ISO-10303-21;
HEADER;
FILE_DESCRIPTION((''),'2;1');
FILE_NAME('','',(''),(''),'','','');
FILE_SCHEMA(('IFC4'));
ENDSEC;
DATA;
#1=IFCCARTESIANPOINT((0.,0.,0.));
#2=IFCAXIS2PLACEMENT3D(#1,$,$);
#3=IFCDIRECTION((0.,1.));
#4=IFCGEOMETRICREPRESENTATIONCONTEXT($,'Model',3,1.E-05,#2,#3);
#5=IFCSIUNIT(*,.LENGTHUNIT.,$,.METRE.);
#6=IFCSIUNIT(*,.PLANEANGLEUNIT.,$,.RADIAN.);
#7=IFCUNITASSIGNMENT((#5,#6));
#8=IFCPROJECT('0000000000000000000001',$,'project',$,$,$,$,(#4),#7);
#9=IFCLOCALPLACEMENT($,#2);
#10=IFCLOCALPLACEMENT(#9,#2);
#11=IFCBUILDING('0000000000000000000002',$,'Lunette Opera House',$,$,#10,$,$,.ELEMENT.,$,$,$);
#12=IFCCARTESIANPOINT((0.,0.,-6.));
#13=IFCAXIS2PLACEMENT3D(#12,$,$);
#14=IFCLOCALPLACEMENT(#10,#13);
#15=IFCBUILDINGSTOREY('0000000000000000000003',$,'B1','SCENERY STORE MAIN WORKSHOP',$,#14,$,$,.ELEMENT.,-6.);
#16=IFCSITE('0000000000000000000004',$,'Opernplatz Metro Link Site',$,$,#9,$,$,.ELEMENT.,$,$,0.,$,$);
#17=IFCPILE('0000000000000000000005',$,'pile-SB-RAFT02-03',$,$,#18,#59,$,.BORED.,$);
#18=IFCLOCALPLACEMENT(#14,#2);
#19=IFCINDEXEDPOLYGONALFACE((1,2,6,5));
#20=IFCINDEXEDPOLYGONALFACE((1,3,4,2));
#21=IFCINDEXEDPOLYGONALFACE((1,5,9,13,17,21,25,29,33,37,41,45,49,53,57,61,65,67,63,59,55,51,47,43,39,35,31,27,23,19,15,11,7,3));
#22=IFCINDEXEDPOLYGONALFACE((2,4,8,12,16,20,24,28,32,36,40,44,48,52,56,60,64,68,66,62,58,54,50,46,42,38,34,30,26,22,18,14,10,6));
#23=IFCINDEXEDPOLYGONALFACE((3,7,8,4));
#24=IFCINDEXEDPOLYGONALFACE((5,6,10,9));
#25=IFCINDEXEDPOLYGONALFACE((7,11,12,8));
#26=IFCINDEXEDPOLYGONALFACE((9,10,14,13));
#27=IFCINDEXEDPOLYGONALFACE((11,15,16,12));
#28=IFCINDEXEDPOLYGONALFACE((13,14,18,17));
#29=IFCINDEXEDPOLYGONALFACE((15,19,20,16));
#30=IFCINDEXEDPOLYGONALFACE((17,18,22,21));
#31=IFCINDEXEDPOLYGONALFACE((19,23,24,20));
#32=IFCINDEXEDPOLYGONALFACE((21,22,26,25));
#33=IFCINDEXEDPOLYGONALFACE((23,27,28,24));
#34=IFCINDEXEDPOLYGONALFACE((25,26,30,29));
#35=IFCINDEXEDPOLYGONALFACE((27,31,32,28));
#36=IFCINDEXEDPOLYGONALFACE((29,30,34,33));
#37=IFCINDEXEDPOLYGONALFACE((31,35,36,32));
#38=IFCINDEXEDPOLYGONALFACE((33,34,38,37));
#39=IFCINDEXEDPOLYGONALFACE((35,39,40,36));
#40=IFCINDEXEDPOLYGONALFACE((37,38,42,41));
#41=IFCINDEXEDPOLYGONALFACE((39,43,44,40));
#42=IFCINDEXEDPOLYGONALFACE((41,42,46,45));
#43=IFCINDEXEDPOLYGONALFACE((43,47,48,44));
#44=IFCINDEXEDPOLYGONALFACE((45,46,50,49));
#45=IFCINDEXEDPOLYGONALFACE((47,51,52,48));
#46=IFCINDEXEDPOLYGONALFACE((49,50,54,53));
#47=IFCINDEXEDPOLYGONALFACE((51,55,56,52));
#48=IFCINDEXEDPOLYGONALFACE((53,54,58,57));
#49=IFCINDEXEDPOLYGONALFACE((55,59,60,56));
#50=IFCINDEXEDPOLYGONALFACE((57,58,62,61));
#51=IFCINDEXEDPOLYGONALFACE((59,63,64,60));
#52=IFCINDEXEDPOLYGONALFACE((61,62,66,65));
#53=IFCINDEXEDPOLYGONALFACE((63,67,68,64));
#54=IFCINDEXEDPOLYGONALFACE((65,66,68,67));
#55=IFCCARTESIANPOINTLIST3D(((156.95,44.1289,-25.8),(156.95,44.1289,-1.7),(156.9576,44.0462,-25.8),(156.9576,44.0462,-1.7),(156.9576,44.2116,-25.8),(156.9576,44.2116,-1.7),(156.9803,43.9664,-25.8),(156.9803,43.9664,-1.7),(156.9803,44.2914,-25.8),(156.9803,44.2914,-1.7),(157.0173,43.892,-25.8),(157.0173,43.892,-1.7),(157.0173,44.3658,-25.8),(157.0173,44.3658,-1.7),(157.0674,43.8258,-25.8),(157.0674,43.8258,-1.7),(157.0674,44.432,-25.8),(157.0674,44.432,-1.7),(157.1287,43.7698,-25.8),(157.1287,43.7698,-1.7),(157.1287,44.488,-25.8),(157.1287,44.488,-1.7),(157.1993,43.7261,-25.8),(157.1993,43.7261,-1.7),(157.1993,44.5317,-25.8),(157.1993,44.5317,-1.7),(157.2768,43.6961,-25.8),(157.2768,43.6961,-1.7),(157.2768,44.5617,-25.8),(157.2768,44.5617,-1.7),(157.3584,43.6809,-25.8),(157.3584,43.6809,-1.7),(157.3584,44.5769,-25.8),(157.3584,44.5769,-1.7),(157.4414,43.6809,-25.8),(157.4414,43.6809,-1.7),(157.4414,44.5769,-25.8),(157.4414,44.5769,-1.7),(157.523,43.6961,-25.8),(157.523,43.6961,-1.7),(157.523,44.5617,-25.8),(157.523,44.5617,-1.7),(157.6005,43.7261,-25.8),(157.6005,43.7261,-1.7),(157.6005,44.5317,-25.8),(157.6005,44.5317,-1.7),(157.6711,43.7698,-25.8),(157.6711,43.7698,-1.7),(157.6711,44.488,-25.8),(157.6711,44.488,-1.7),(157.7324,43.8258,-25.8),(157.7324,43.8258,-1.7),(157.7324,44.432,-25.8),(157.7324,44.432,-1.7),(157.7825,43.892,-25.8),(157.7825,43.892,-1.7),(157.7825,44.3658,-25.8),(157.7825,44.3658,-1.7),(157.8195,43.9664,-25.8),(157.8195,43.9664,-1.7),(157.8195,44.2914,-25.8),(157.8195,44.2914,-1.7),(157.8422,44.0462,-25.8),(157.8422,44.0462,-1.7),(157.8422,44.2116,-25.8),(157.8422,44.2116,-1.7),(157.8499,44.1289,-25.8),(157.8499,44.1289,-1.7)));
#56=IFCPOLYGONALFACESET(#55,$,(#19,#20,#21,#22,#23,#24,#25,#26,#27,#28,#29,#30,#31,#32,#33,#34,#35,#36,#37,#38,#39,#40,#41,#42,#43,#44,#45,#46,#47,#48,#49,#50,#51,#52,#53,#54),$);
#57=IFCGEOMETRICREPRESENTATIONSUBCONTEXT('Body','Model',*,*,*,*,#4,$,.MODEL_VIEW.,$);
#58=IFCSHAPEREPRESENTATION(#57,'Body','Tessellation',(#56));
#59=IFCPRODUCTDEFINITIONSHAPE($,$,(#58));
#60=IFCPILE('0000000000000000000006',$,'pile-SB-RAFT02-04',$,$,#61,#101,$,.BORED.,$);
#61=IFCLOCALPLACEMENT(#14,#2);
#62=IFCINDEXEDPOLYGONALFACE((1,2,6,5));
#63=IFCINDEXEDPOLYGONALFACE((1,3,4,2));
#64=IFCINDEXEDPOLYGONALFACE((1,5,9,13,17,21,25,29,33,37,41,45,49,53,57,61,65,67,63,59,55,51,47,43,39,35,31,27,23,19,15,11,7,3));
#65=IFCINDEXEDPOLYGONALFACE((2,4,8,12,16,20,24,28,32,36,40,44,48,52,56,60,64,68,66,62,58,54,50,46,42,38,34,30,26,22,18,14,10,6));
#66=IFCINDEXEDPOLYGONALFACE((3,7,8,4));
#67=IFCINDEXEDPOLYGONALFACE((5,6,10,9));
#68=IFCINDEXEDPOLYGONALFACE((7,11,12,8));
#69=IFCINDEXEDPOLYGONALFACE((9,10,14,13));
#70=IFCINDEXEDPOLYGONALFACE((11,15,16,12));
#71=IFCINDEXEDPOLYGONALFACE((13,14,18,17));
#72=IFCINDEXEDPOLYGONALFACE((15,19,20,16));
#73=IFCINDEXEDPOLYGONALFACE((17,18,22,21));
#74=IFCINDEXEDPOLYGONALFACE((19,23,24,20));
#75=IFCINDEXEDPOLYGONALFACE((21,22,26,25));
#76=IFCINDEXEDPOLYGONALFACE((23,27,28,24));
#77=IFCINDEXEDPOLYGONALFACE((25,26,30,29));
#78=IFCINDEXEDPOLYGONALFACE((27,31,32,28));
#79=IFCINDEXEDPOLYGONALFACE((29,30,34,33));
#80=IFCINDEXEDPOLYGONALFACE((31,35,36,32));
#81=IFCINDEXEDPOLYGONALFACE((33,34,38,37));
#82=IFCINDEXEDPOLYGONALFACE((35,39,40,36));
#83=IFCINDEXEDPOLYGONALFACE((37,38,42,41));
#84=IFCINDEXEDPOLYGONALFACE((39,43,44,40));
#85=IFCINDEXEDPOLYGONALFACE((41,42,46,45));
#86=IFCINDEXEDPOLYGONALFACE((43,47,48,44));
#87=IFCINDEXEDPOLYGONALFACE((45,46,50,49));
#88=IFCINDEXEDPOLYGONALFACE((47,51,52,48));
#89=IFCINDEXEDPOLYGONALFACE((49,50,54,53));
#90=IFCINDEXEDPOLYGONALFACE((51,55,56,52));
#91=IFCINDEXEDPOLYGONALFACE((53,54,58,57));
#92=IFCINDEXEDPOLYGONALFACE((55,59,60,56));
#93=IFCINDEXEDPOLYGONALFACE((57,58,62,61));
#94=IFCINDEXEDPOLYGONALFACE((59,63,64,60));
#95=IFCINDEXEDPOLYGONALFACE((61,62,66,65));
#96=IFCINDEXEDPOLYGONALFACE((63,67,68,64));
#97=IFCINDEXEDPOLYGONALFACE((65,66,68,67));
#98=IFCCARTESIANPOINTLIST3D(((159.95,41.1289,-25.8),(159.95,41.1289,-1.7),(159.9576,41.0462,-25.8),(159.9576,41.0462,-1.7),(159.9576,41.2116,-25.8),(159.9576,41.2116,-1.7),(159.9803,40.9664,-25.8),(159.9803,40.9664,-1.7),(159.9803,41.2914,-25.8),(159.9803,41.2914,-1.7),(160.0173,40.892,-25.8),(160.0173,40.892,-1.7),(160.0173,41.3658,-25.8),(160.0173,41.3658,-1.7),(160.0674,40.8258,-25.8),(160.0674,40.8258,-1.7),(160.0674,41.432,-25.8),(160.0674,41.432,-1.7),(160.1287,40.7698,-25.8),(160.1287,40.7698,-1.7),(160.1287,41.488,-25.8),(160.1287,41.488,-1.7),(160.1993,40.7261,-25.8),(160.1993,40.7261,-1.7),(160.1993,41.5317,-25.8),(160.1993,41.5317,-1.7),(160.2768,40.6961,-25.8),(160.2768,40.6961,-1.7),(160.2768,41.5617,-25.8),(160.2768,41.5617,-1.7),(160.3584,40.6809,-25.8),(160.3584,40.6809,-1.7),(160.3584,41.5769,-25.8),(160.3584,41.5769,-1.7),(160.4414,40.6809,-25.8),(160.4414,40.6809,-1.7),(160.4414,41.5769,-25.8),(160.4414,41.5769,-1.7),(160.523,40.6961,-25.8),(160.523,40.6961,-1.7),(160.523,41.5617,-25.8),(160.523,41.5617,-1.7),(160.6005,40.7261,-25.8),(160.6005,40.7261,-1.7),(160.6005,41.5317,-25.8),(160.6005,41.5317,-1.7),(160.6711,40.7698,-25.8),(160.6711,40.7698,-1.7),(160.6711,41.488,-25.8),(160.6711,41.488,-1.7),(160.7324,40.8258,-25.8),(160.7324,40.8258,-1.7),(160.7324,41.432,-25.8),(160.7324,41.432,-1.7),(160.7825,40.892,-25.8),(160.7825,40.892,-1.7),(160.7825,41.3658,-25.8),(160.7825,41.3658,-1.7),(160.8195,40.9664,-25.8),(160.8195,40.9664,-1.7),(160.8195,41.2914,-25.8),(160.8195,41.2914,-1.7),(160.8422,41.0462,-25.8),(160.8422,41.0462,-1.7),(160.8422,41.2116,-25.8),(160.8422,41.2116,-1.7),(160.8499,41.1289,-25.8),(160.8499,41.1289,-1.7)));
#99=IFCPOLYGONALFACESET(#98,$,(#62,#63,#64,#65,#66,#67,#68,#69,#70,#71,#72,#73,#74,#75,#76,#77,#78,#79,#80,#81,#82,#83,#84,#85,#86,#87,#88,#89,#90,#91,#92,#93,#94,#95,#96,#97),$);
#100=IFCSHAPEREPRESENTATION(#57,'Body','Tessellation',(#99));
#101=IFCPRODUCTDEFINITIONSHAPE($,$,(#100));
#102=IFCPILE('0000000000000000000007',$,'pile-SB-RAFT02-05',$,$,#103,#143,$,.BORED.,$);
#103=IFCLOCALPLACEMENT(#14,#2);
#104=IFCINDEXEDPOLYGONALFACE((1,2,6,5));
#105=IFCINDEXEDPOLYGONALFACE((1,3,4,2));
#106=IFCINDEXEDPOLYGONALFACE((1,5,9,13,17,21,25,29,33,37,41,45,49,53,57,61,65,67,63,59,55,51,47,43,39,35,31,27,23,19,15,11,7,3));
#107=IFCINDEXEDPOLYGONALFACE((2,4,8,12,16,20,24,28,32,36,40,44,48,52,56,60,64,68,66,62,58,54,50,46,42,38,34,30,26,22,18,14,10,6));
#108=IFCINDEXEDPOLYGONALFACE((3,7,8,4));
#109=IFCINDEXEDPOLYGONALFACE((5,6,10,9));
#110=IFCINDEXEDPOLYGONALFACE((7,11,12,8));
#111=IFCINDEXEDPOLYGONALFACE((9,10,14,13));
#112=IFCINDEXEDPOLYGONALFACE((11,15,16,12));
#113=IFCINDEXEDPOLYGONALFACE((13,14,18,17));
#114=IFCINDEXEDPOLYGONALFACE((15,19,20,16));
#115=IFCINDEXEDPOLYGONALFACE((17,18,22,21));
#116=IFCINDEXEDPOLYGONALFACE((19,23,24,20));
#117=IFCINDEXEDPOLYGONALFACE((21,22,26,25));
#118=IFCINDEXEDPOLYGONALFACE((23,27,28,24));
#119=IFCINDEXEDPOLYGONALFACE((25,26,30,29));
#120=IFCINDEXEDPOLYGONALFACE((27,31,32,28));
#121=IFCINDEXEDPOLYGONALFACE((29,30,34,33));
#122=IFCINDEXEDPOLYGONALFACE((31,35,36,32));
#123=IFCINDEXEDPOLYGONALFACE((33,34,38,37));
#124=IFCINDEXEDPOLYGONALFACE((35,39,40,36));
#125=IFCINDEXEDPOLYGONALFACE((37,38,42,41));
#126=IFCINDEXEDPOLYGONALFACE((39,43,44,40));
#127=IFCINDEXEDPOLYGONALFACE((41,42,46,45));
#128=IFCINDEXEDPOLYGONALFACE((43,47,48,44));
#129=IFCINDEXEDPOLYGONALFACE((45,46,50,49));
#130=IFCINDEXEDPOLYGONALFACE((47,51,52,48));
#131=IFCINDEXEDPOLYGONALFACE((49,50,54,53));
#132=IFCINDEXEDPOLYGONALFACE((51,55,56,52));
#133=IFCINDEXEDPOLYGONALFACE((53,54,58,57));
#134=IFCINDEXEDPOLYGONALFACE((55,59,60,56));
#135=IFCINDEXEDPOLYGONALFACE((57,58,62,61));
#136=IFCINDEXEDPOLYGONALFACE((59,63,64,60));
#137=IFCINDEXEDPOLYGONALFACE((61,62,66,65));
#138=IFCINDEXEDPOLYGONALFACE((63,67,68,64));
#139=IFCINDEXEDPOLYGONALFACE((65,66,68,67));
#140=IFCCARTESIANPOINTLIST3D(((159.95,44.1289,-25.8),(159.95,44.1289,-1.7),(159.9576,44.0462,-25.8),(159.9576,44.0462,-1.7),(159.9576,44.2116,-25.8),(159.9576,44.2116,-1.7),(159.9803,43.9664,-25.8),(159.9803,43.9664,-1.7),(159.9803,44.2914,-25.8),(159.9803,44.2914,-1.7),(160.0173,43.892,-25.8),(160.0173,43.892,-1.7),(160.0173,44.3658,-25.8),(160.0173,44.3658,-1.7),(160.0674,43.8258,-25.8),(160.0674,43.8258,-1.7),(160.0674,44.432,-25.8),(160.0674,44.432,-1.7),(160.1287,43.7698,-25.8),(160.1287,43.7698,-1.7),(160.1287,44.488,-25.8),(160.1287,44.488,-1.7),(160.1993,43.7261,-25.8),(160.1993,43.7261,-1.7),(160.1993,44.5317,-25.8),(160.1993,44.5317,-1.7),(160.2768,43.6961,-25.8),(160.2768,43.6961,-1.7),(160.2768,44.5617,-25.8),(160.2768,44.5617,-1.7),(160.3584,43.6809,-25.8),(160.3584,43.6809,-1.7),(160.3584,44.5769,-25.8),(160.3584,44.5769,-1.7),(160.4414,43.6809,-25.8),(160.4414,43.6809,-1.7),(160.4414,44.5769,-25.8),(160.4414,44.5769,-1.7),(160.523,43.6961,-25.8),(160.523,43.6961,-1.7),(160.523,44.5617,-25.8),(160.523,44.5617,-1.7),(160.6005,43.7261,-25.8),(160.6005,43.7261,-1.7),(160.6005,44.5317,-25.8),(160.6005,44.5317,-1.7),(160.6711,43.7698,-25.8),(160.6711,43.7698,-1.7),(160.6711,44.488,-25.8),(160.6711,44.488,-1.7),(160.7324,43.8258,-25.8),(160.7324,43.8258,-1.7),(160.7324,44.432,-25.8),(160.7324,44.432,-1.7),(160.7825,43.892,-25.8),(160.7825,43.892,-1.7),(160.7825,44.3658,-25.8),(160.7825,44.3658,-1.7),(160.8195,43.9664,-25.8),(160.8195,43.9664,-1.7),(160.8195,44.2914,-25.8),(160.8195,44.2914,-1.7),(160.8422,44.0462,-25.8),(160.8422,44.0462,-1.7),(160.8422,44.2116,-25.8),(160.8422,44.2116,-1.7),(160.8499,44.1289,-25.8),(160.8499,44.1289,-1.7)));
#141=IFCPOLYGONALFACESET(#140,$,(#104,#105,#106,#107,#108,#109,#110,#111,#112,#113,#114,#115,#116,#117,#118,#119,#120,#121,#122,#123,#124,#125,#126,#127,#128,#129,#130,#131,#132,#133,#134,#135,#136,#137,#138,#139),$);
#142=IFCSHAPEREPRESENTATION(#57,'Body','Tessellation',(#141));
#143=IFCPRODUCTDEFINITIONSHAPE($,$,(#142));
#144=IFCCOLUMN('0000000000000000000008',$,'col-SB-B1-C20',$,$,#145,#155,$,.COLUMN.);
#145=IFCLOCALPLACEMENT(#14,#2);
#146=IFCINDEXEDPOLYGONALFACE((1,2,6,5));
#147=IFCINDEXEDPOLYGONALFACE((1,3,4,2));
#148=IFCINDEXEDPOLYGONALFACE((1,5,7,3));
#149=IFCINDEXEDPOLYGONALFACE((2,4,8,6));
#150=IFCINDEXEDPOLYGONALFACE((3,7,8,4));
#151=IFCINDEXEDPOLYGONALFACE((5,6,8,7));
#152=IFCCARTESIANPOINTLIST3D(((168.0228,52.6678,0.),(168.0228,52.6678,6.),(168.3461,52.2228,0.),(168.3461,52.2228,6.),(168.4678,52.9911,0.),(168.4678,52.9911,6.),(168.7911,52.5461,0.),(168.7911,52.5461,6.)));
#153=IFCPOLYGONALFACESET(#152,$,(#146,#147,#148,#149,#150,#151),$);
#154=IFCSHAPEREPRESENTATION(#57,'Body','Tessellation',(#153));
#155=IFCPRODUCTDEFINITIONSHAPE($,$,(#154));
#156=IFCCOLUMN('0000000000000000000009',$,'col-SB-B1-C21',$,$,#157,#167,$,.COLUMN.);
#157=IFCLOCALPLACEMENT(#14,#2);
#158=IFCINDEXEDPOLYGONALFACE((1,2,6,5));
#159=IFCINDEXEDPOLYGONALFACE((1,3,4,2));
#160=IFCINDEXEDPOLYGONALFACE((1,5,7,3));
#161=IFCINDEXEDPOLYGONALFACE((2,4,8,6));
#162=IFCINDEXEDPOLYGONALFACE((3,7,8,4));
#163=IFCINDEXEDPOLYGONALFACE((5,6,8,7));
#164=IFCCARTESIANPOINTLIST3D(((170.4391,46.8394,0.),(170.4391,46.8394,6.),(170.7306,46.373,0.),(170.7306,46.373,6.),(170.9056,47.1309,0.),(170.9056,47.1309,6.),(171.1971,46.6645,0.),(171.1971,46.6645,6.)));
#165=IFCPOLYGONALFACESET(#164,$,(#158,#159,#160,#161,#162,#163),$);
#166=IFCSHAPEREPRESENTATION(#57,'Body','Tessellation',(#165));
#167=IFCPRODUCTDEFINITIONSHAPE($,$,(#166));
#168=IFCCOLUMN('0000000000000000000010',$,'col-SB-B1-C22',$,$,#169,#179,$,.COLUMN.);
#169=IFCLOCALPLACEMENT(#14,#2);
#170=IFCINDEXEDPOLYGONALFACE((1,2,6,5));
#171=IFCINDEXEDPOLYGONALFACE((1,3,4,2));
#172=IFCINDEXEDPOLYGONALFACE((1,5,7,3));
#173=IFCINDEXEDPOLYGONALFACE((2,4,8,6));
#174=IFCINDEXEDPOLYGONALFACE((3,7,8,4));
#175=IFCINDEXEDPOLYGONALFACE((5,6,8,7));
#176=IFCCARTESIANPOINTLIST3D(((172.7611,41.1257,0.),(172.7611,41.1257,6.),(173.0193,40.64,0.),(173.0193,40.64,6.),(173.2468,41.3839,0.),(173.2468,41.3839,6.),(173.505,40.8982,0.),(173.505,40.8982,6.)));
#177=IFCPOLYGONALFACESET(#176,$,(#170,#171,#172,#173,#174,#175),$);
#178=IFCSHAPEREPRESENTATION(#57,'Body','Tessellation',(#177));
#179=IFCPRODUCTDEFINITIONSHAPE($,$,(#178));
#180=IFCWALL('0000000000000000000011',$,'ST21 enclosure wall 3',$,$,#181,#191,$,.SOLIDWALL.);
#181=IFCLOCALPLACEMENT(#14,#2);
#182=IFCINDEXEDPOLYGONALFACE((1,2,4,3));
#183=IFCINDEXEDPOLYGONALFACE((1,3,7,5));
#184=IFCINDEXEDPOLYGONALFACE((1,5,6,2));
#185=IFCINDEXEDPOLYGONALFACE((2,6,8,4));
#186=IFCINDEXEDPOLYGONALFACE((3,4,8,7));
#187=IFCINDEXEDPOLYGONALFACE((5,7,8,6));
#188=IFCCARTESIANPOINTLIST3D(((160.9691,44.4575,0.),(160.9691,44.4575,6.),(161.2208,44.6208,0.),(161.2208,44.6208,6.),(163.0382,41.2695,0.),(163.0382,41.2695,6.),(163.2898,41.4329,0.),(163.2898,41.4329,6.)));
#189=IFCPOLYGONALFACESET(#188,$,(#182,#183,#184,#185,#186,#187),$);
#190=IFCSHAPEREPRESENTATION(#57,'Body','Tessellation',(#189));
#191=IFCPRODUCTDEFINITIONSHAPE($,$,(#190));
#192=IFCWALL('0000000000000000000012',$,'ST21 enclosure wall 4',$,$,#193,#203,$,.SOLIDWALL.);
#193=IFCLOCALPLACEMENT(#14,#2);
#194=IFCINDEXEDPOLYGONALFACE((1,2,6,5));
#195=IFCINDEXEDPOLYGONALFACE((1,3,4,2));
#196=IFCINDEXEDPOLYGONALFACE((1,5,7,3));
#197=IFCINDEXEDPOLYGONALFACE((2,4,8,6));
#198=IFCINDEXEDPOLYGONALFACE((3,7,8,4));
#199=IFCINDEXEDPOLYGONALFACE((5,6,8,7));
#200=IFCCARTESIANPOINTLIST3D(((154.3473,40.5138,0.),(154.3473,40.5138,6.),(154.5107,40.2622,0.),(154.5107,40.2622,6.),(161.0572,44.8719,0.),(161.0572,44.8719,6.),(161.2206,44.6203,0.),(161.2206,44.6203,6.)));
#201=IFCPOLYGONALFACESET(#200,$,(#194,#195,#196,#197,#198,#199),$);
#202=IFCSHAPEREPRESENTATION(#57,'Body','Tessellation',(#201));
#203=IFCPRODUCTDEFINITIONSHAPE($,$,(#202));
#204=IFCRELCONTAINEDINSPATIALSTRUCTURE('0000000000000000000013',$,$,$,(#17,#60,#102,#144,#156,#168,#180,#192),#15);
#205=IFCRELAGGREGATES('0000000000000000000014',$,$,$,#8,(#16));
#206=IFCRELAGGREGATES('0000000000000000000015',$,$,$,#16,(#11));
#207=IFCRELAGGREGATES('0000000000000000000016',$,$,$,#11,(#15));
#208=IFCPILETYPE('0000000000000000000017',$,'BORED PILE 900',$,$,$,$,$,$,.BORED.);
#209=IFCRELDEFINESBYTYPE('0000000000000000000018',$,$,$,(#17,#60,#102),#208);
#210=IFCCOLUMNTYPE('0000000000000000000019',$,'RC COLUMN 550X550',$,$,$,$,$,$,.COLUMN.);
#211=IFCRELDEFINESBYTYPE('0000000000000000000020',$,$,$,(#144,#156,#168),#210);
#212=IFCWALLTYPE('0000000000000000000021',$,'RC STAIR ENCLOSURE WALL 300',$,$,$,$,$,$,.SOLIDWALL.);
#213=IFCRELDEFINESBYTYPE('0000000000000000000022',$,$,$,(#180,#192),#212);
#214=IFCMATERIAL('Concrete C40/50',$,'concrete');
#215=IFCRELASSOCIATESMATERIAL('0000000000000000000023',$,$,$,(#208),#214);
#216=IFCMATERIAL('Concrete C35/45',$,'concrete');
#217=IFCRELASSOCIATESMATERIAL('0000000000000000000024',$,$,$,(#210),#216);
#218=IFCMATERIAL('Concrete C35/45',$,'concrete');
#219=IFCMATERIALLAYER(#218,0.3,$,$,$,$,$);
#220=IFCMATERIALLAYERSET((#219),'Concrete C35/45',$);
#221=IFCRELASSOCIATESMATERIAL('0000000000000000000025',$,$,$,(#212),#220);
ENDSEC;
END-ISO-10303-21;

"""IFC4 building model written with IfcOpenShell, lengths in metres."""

from ifc_helpers import new_model, si_unit, direction, frame, frame_2d, origin, origin_2d, place, context, subcontext, project, spatial, rectangle, circle, extrude, material, layer, layer_set, material_profile, profile_set, type_object, element, save


model = new_model("IFC4")

# Units and contexts
model_context = context("Model", 3, precision=1e-05, world=origin(), true_north=direction((0.0, 1.0)))
body_context = subcontext(model_context, "Body", "Model", "MODEL_VIEW")
ifc_project = project(units=[si_unit("LENGTHUNIT", "METRE"), si_unit("PLANEANGLEUNIT", "RADIAN")], contexts=[model_context])

# Site, building, storey
site_placement = place(None, origin())
site = spatial("IfcSite", under=ifc_project, at=site_placement, Name="Opernplatz Metro Link Site", CompositionType="ELEMENT", RefElevation=0.0)
building_placement = place(site_placement, origin())
building = spatial("IfcBuilding", under=site, at=building_placement, Name="Lunette Opera House", CompositionType="ELEMENT")
storey_placement = place(building_placement, frame((0.0, 0.0, -6.0)))
storey = spatial("IfcBuildingStorey", under=building, at=storey_placement, Name="B1", Description="SCENERY STORE MAIN WORKSHOP", CompositionType="ELEMENT", Elevation=-6.0)

# Piles
ifc_material_1 = material(Name="Concrete C40/50", Category="concrete")
ifc_material_profile_1 = material_profile(ifc_material_1, circle(Radius=0.45, at=origin_2d()), Name="BORED PILE 900")
ifc_profile_set_1 = profile_set([ifc_material_profile_1], Name="Concrete C40/50")
pile_type = type_object("IfcPileType", Name="BORED PILE 900", PredefinedType="BORED", material=ifc_profile_set_1)
for number, where, z_axis, x_axis, name in (
    (1, (157.3999, 44.1289, -1.7), (0.0, 0.0, -1.0), (1.0, 0.0, 0.0), "pile-SB-RAFT02-03"),
    (2, (160.3999, 41.1289, -1.7), (0.0, 0.0, -1.0), (1.0, 0.0, 0.0), "pile-SB-RAFT02-04"),
    (3, (160.3999, 44.1289, -1.7), (0.0, 0.0, -1.0), (1.0, 0.0, 0.0), "pile-SB-RAFT02-05"),
):
    element("IfcPile", number, at=place(storey_placement, frame(where, z_axis=z_axis, x_axis=x_axis)), inside=storey, type_object=pile_type, Name=name, PredefinedType="BORED", context=body_context, shape_type="SweptSolid", body=[
        extrude(circle(Radius=0.45, at=origin_2d()), origin(), (0.0, 0.0, 1.0), 24.1001),
    ])

# Columns
ifc_material_2 = material(Name="Concrete C35/45", Category="concrete")
ifc_material_profile_2 = material_profile(ifc_material_2, rectangle(XDim=0.55, YDim=0.55, at=origin_2d()), Name="RC COLUMN 550X550")
ifc_profile_set_2 = profile_set([ifc_material_profile_2], Name="Concrete C35/45")
column_type = type_object("IfcColumnType", Name="RC COLUMN 550X550", PredefinedType="COLUMN", material=ifc_profile_set_2)
for number, where, z_axis, x_axis, name in (
    (4, (168.407, 52.6069, 0.0), (0.0, 0.0, 1.0), (0.587785, -0.809017, 0.0), "col-SB-B1-C20"),
    (5, (170.8181, 46.752, 0.0), (0.0, 0.0, 1.0), (0.529919, -0.848048, 0.0), "col-SB-B1-C21"),
    (6, (173.1331, 41.012, 0.0), (0.0, 0.0, 1.0), (0.469472, -0.882948, 0.0), "col-SB-B1-C22"),
):
    element("IfcColumn", number, at=place(storey_placement, frame(where, z_axis=z_axis, x_axis=x_axis)), inside=storey, type_object=column_type, Name=name, PredefinedType="COLUMN", context=body_context, shape_type="SweptSolid", body=[
        extrude(rectangle(XDim=0.55, YDim=0.55, at=origin_2d()), origin(), (0.0, 0.0, 1.0), 6.0),
    ])

# Walls
ifc_material_3 = material(Name="Concrete C35/45", Category="concrete")
ifc_layer = layer(ifc_material_3, 0.3)
ifc_layer_set = layer_set([ifc_layer], Name="Concrete C35/45")
wall_type = type_object("IfcWallType", Name="RC STAIR ENCLOSURE WALL 300", PredefinedType="SOLIDWALL", material=ifc_layer_set)
wall_1_placement = place(storey_placement, frame((163.1641, 41.3511, 0.0), z_axis=(0.0, 0.0, 1.0), x_axis=(-0.544415, 0.838816, 0.0)))
element("IfcWall", 7, at=wall_1_placement, inside=storey, type_object=wall_type, Name="ST21 enclosure wall 3", PredefinedType="SOLIDWALL", context=body_context, shape_type="SweptSolid", body=[
    extrude(rectangle(XDim=3.8005, YDim=0.3, at=frame_2d((1.9004, 0.0))), origin(), (0.0, 0.0, 1.0), 6.0),
])
wall_2_placement = place(storey_placement, frame((161.1389, 44.7461, 0.0), z_axis=(0.0, 0.0, 1.0), x_axis=(-0.838633, -0.544697, 0.0)))
element("IfcWall", 8, at=wall_2_placement, inside=storey, type_object=wall_type, Name="ST21 enclosure wall 4", PredefinedType="SOLIDWALL", context=body_context, shape_type="SweptSolid", body=[
    extrude(rectangle(XDim=8.001, YDim=0.3, at=frame_2d((4.0005, 0.0))), origin(), (0.0, 0.0, 1.0), 6.0),
])

save(model, "model.ifc")
